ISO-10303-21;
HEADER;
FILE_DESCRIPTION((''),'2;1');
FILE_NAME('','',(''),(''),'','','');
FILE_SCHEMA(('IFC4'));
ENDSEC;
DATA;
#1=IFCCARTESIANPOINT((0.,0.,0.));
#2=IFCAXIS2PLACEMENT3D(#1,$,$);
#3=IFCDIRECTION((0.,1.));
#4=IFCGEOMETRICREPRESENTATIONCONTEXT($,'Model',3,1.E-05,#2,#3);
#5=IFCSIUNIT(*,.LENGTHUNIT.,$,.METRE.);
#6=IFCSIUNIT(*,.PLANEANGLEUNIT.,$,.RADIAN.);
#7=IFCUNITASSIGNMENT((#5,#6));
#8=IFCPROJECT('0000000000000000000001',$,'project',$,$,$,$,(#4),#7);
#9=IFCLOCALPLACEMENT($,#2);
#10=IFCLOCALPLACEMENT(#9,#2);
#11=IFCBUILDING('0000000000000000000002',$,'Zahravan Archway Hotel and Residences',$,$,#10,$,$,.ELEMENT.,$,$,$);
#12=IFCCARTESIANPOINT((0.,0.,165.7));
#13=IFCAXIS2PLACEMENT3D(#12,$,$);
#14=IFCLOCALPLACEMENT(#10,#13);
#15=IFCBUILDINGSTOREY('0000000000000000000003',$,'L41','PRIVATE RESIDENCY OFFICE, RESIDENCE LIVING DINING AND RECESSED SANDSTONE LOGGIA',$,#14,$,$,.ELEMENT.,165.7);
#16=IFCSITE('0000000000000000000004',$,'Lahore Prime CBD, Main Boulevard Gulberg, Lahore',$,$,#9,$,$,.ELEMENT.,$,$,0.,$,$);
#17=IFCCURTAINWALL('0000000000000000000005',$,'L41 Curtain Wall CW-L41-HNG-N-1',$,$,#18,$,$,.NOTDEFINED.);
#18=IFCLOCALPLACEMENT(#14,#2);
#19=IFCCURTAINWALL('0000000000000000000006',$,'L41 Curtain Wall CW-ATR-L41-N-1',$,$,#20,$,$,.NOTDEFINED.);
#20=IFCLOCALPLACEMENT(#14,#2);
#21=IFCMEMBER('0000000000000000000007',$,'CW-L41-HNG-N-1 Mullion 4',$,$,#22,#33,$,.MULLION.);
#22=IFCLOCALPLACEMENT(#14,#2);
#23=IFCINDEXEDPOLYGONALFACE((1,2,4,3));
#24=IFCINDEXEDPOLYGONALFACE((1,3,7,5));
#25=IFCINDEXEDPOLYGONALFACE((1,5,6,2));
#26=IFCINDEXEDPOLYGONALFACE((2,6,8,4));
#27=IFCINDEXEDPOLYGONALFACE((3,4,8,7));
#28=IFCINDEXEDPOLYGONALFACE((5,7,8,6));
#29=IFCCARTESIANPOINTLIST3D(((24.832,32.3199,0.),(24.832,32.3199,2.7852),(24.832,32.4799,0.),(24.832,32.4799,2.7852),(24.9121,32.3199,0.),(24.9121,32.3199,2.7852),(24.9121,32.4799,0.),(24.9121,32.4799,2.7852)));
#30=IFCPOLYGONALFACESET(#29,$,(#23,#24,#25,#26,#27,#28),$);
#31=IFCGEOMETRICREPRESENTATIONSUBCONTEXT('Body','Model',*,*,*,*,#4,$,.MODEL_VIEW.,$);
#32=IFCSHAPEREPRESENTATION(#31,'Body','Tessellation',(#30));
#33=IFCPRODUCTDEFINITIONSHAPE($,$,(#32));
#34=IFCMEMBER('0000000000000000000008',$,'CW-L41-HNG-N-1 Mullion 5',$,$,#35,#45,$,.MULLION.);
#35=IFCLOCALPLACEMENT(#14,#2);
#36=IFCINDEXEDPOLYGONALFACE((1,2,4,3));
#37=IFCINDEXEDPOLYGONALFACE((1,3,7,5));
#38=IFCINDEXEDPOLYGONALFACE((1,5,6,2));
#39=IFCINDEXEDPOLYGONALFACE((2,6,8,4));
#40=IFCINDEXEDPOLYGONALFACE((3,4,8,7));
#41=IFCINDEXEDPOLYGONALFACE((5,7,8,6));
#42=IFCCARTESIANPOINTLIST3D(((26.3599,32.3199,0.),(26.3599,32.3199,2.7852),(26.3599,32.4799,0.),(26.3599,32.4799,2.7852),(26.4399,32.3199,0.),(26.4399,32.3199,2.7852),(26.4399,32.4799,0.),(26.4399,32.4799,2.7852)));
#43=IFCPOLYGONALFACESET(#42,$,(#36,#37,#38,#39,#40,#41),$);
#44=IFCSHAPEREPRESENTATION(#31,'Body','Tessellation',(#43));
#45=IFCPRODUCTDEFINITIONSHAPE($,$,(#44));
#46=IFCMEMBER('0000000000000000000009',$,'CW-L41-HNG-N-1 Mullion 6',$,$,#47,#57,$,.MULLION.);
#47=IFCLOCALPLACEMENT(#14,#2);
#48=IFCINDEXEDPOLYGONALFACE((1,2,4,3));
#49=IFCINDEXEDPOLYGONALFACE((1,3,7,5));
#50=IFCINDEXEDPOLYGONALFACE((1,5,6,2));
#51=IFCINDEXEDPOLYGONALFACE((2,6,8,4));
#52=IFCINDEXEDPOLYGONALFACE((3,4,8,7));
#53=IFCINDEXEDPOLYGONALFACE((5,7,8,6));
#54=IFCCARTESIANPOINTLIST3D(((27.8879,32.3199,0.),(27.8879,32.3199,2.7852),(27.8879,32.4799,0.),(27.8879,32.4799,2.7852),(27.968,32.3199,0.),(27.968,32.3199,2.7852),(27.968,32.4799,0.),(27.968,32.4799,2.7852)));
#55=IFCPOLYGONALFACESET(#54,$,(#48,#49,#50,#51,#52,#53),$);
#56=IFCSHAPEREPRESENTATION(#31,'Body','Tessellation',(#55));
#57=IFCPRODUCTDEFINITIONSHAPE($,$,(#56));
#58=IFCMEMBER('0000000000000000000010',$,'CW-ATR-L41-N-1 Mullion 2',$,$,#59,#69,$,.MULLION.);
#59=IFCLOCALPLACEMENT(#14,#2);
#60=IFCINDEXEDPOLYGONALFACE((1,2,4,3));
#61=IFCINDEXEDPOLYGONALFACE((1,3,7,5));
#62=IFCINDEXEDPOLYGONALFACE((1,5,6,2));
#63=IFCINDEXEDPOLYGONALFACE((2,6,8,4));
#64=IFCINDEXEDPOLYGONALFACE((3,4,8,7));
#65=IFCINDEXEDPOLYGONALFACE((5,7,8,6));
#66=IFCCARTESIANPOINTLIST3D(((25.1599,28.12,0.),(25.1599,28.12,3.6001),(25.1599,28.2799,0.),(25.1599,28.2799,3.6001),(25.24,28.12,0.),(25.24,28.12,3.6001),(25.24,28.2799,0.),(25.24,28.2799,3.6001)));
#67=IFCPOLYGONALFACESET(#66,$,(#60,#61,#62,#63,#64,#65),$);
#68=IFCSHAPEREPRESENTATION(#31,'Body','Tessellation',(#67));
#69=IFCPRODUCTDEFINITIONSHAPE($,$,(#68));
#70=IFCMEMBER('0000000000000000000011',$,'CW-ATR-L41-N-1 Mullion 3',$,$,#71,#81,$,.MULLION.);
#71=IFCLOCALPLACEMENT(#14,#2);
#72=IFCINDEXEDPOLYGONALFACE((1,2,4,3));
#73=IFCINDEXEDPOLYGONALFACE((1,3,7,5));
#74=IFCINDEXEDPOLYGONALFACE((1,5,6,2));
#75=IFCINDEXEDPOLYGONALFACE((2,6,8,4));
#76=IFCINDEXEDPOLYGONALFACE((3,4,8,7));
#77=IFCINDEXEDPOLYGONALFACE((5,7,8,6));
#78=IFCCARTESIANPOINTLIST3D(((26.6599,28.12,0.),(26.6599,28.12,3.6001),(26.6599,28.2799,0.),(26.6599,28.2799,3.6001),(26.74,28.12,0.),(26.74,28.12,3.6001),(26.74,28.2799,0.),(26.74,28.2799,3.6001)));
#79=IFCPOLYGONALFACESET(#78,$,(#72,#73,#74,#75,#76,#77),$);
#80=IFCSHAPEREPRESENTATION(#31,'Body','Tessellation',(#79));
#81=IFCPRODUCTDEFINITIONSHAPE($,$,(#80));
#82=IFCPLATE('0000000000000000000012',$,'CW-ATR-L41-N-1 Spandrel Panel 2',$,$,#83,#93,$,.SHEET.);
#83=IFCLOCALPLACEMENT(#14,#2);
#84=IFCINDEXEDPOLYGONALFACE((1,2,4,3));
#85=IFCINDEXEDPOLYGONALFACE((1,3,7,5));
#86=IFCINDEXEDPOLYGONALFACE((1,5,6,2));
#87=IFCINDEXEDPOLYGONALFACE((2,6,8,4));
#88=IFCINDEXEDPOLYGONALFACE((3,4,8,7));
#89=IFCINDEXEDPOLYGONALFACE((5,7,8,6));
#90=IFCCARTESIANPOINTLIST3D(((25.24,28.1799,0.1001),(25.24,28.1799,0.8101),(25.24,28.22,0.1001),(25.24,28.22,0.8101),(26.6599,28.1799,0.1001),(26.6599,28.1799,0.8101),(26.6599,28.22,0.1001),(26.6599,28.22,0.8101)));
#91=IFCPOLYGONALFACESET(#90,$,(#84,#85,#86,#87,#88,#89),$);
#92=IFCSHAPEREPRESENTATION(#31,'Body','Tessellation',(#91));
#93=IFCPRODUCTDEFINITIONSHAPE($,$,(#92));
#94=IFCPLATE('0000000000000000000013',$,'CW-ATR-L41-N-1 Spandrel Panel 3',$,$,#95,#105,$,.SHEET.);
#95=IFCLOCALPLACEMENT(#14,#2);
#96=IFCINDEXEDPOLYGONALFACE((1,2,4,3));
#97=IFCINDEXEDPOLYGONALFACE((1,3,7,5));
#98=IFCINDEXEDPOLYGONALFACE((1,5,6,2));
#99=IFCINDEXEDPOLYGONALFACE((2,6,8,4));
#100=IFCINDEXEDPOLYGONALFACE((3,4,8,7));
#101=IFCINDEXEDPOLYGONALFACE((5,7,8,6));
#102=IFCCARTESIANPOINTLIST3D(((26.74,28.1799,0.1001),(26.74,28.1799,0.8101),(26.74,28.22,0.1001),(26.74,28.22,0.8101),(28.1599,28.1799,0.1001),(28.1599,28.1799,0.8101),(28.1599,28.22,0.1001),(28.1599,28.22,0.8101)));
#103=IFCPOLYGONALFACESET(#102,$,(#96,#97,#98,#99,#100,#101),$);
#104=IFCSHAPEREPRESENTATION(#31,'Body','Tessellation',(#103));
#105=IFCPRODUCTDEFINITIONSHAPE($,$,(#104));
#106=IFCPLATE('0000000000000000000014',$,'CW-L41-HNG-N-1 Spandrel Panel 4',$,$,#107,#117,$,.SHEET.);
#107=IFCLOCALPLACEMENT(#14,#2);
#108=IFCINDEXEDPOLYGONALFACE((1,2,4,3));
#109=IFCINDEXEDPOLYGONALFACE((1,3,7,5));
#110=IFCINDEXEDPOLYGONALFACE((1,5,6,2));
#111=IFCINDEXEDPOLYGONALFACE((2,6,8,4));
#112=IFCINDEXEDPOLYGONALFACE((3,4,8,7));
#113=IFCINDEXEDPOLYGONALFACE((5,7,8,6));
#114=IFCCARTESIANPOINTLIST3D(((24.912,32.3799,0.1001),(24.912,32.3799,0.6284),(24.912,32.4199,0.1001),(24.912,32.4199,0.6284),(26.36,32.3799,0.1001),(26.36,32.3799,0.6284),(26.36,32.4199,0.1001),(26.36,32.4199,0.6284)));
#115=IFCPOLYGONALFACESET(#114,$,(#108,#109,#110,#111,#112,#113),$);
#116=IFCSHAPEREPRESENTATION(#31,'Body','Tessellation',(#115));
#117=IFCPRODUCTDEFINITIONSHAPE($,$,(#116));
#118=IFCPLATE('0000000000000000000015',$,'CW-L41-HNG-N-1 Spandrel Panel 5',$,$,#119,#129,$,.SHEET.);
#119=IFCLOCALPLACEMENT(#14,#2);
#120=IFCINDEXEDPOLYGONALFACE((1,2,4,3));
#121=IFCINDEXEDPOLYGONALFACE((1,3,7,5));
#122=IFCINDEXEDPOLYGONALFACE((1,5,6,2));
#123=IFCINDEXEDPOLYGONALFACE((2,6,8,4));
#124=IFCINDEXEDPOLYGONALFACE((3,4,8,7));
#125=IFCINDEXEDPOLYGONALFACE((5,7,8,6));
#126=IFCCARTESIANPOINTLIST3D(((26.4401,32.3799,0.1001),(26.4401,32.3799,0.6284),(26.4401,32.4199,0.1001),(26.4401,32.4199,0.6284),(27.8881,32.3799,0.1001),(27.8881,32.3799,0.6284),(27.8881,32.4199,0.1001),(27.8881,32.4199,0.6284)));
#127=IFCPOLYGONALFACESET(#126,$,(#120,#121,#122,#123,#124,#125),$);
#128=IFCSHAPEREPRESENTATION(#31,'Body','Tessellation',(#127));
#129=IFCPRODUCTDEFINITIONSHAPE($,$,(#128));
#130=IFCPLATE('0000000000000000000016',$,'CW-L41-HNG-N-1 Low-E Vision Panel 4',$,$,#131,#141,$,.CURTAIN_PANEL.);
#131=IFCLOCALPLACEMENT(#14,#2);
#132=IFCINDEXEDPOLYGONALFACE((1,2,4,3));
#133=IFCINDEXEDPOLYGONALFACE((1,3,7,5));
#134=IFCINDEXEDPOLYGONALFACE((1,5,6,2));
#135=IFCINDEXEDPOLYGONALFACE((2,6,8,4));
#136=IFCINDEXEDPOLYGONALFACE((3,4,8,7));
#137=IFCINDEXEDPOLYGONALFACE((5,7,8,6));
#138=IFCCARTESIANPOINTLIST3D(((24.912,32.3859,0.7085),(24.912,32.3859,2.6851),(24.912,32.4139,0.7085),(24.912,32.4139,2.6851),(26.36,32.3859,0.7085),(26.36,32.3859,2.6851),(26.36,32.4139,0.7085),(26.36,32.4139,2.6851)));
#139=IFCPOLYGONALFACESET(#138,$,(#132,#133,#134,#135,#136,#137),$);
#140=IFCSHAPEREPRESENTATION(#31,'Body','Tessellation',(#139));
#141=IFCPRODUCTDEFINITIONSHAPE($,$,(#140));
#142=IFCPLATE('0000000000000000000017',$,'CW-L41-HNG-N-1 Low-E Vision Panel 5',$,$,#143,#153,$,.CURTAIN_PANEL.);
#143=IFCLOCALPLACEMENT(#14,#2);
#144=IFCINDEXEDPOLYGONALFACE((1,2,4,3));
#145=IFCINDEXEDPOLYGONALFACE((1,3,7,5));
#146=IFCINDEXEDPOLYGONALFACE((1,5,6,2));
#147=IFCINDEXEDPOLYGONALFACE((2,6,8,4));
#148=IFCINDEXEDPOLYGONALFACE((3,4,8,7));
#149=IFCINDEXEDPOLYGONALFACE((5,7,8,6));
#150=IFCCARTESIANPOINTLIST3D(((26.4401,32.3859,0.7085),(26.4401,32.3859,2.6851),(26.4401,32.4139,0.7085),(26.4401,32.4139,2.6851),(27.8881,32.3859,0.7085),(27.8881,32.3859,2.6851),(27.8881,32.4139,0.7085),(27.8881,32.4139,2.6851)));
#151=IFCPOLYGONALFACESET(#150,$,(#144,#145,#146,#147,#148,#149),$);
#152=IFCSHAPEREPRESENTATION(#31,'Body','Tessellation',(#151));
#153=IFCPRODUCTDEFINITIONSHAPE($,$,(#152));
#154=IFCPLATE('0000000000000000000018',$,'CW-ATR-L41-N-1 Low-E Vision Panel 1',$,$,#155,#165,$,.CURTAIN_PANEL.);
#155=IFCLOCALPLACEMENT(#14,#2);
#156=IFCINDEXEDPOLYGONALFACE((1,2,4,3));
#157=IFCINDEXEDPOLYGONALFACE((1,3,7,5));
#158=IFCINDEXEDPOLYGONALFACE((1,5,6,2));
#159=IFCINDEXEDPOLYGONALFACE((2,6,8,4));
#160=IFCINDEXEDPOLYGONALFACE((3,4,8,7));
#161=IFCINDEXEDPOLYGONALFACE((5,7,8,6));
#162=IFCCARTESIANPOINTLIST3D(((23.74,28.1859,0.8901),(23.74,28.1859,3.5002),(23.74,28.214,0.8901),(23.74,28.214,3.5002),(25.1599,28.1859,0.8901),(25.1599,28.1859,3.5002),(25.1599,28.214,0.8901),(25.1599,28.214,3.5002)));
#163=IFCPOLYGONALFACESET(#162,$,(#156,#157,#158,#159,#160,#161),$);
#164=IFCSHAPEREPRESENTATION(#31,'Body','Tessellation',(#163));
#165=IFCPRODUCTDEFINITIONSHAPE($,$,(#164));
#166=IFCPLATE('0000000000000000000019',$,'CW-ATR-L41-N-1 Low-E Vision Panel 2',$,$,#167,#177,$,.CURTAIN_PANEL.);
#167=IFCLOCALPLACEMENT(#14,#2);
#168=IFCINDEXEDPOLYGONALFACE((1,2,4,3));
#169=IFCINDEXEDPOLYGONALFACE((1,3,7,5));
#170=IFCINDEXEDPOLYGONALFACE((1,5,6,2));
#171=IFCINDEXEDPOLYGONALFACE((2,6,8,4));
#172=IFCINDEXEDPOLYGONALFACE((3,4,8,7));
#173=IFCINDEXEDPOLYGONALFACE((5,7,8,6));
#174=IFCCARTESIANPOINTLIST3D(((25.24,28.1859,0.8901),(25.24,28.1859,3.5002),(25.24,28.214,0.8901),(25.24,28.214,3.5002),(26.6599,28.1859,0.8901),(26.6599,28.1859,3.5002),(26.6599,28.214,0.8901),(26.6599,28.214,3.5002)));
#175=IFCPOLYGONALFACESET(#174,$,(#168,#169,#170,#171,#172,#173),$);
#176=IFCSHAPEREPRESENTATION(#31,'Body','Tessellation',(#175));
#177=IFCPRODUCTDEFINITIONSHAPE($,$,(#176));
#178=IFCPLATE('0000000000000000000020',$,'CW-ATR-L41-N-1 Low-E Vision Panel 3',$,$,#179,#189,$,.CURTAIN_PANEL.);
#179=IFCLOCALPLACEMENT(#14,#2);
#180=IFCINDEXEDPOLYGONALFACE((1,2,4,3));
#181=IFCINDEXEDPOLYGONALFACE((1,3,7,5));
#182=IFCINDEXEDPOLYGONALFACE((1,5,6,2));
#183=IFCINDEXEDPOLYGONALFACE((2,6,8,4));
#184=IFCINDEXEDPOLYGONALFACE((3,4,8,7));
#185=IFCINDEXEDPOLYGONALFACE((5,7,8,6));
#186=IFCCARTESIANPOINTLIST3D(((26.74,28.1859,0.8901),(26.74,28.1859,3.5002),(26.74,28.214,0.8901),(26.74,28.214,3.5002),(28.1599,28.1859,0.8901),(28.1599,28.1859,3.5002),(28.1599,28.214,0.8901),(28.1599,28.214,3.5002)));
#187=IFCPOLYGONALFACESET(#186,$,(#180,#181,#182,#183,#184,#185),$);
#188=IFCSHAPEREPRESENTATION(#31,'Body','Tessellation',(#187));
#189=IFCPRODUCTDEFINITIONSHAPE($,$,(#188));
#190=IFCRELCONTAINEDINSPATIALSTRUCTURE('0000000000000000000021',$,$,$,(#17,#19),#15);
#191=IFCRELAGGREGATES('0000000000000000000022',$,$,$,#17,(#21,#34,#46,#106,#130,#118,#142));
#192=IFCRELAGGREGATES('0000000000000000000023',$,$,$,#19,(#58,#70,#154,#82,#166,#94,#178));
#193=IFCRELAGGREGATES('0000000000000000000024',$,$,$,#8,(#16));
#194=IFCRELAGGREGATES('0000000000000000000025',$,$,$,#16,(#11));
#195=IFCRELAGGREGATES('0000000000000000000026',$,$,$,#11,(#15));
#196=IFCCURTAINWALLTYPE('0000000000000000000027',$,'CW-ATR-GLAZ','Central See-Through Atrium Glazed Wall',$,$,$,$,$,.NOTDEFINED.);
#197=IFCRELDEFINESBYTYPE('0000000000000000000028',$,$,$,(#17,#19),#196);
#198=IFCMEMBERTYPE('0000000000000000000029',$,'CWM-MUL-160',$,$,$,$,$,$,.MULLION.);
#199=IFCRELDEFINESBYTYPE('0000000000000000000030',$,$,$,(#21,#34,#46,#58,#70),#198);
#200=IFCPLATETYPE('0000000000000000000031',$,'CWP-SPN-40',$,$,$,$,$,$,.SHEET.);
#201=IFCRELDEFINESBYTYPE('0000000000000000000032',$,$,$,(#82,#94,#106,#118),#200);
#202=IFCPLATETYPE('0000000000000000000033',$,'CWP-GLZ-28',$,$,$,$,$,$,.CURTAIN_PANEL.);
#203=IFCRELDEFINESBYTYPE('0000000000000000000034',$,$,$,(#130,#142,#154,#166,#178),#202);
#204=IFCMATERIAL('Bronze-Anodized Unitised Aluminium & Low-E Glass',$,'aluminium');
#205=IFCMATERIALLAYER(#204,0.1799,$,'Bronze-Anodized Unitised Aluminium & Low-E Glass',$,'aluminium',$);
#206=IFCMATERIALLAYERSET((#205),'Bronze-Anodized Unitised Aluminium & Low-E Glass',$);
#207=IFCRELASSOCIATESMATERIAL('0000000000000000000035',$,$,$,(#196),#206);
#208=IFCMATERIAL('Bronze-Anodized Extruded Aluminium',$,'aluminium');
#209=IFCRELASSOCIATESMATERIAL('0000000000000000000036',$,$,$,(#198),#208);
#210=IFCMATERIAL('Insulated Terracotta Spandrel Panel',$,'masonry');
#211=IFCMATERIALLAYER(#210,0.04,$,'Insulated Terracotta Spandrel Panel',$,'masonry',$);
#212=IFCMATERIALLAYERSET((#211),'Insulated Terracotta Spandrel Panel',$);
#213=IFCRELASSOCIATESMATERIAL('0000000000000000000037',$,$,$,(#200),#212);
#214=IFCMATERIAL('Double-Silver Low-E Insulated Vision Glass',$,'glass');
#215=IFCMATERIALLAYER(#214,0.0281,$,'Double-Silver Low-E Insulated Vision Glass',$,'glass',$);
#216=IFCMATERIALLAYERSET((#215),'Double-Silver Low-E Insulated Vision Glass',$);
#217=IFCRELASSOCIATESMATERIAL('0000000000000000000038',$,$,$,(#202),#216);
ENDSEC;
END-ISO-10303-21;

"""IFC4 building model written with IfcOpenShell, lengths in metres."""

from ifc_helpers import new_model, si_unit, direction, frame, origin, origin_2d, place, context, subcontext, project, spatial, rectangle, extrude, source, transform, mapped, material, layer, layer_set, material_profile, profile_set, type_object, element, aggregate, save


model = new_model("IFC4")

# Units and contexts
model_context = context("Model", 3, precision=1e-05, world=origin(), true_north=direction((0.0, 1.0)))
body_context = subcontext(model_context, "Body", "Model", "MODEL_VIEW")
ifc_project = project(units=[si_unit("LENGTHUNIT", "METRE"), si_unit("PLANEANGLEUNIT", "RADIAN")], contexts=[model_context])

# Site, building, storey
site_placement = place(None, origin())
site = spatial("IfcSite", under=ifc_project, at=site_placement, Name="Lahore Prime CBD, Main Boulevard Gulberg, Lahore", CompositionType="ELEMENT", RefElevation=0.0)
building_placement = place(site_placement, origin())
building = spatial("IfcBuilding", under=site, at=building_placement, Name="Zahravan Archway Hotel and Residences", CompositionType="ELEMENT")
storey_placement = place(building_placement, frame((0.0, 0.0, 165.7)))
storey = spatial("IfcBuildingStorey", under=building, at=storey_placement, Name="L41", Description="PRIVATE RESIDENCY OFFICE, RESIDENCE LIVING DINING AND RECESSED SANDSTONE LOGGIA", CompositionType="ELEMENT", Elevation=165.7)

# Curtain walls
ifc_material_1 = material(Name="Bronze-Anodized Unitised Aluminium & Low-E Glass", Category="aluminium")
ifc_layer_1 = layer(ifc_material_1, 0.1799, Name="Bronze-Anodized Unitised Aluminium & Low-E Glass", Category="aluminium")
ifc_layer_set_1 = layer_set([ifc_layer_1], Name="Bronze-Anodized Unitised Aluminium & Low-E Glass")
curtain_wall_type = type_object("IfcCurtainWallType", Name="CW-ATR-GLAZ", Description="Central See-Through Atrium Glazed Wall", PredefinedType="NOTDEFINED", material=ifc_layer_set_1)
curtain_wall_1_placement = place(storey_placement, origin())
curtain_wall_1 = element("IfcCurtainWall", 1, at=curtain_wall_1_placement, inside=storey, type_object=curtain_wall_type, Name="L41 Curtain Wall CW-L41-HNG-N-1", PredefinedType="NOTDEFINED")
ifc_material_2 = material(Name="Bronze-Anodized Extruded Aluminium", Category="aluminium")
curtain_wall_2_placement = place(storey_placement, origin())
curtain_wall_2 = element("IfcCurtainWall", 2, at=curtain_wall_2_placement, inside=storey, type_object=curtain_wall_type, Name="L41 Curtain Wall CW-ATR-L41-N-1", PredefinedType="NOTDEFINED")

# Members
ifc_material_profile_1 = material_profile(ifc_material_2, rectangle(XDim=0.0801, YDim=0.1599, at=origin_2d()), Name="MUL 80x160", Category="aluminium")
ifc_profile_set_1 = profile_set([ifc_material_profile_1], Name="Bronze-Anodized Extruded Aluminium")
member_type_1 = type_object("IfcMemberType", Name="CWM-MUL-160", PredefinedType="MULLION", material=ifc_profile_set_1)
shared_shape_1 = source(origin(), body_context, "Body", "SweptSolid", [
    extrude(rectangle(XDim=0.0801, YDim=0.1599, at=origin_2d()), origin(), (0.0, 0.0, 1.0), 2.7852),
])
member_1_placement = place(storey_placement, frame((24.8721, 32.3999, 0.0), z_axis=(0.0, 0.0, 1.0), x_axis=(1.0, 0.0, 0.0)))
member_1 = element("IfcMember", 3, at=member_1_placement, type_object=member_type_1, Name="CW-L41-HNG-N-1 Mullion 4", PredefinedType="MULLION", context=body_context, shape_type="MappedRepresentation", body=[
    mapped(shared_shape_1, transform((0.0, 0.0, 0.0), scale=1.0)),
])
member_2_placement = place(storey_placement, frame((26.3999, 32.3999, 0.0), z_axis=(0.0, 0.0, 1.0), x_axis=(1.0, 0.0, 0.0)))
member_2 = element("IfcMember", 4, at=member_2_placement, type_object=member_type_1, Name="CW-L41-HNG-N-1 Mullion 5", PredefinedType="MULLION", context=body_context, shape_type="MappedRepresentation", body=[
    mapped(shared_shape_1, transform((0.0, 0.0, 0.0), scale=1.0)),
])
member_3_placement = place(storey_placement, frame((27.928, 32.3999, 0.0), z_axis=(0.0, 0.0, 1.0), x_axis=(1.0, 0.0, 0.0)))
member_3 = element("IfcMember", 5, at=member_3_placement, type_object=member_type_1, Name="CW-L41-HNG-N-1 Mullion 6", PredefinedType="MULLION", context=body_context, shape_type="MappedRepresentation", body=[
    mapped(shared_shape_1, transform((0.0, 0.0, 0.0), scale=1.0)),
])
shared_shape_2 = source(origin(), body_context, "Body", "SweptSolid", [
    extrude(rectangle(XDim=0.0801, YDim=0.1599, at=origin_2d()), origin(), (0.0, 0.0, 1.0), 3.6001),
])
member_4_placement = place(storey_placement, frame((25.2, 28.2, 0.0), z_axis=(0.0, 0.0, 1.0), x_axis=(1.0, 0.0, 0.0)))
member_4 = element("IfcMember", 6, at=member_4_placement, type_object=member_type_1, Name="CW-ATR-L41-N-1 Mullion 2", PredefinedType="MULLION", context=body_context, shape_type="MappedRepresentation", body=[
    mapped(shared_shape_2, transform((0.0, 0.0, 0.0), scale=1.0)),
])
member_5_placement = place(storey_placement, frame((26.7, 28.2, 0.0), z_axis=(0.0, 0.0, 1.0), x_axis=(1.0, 0.0, 0.0)))
member_5 = element("IfcMember", 7, at=member_5_placement, type_object=member_type_1, Name="CW-ATR-L41-N-1 Mullion 3", PredefinedType="MULLION", context=body_context, shape_type="MappedRepresentation", body=[
    mapped(shared_shape_2, transform((0.0, 0.0, 0.0), scale=1.0)),
])

# Plates
ifc_material_3 = material(Name="Insulated Terracotta Spandrel Panel", Category="masonry")
ifc_layer_2 = layer(ifc_material_3, 0.04, Name="Insulated Terracotta Spandrel Panel", Category="masonry")
ifc_layer_set_2 = layer_set([ifc_layer_2], Name="Insulated Terracotta Spandrel Panel")
plate_type_1 = type_object("IfcPlateType", Name="CWP-SPN-40", PredefinedType="SHEET", material=ifc_layer_set_2)
shared_shape_3 = source(origin(), body_context, "Body", "SweptSolid", [
    extrude(rectangle(XDim=1.4199, YDim=0.04, at=origin_2d()), origin(), (0.0, 0.0, 1.0), 0.71),
])
plate_1_placement = place(storey_placement, frame((25.95, 28.2, 0.1001), z_axis=(0.0, 0.0, 1.0), x_axis=(1.0, 0.0, 0.0)))
plate_1 = element("IfcPlate", 8, at=plate_1_placement, type_object=plate_type_1, Name="CW-ATR-L41-N-1 Spandrel Panel 2", PredefinedType="SHEET", context=body_context, shape_type="MappedRepresentation", body=[
    mapped(shared_shape_3, transform((0.0, 0.0, 0.0), scale=1.0)),
])
plate_2_placement = place(storey_placement, frame((27.45, 28.2, 0.1001), z_axis=(0.0, 0.0, 1.0), x_axis=(1.0, 0.0, 0.0)))
plate_2 = element("IfcPlate", 9, at=plate_2_placement, type_object=plate_type_1, Name="CW-ATR-L41-N-1 Spandrel Panel 3", PredefinedType="SHEET", context=body_context, shape_type="MappedRepresentation", body=[
    mapped(shared_shape_3, transform((0.0, 0.0, 0.0), scale=1.0)),
])
shared_shape_4 = source(origin(), body_context, "Body", "SweptSolid", [
    extrude(rectangle(XDim=1.448, YDim=0.04, at=origin_2d()), origin(), (0.0, 0.0, 1.0), 0.5283),
])
plate_3_placement = place(storey_placement, frame((25.636, 32.3999, 0.1001), z_axis=(0.0, 0.0, 1.0), x_axis=(1.0, 0.0, 0.0)))
plate_3 = element("IfcPlate", 10, at=plate_3_placement, type_object=plate_type_1, Name="CW-L41-HNG-N-1 Spandrel Panel 4", PredefinedType="SHEET", context=body_context, shape_type="MappedRepresentation", body=[
    mapped(shared_shape_4, transform((0.0, 0.0, 0.0), scale=1.0)),
])
plate_4_placement = place(storey_placement, frame((27.1641, 32.3999, 0.1001), z_axis=(0.0, 0.0, 1.0), x_axis=(1.0, 0.0, 0.0)))
plate_4 = element("IfcPlate", 11, at=plate_4_placement, type_object=plate_type_1, Name="CW-L41-HNG-N-1 Spandrel Panel 5", PredefinedType="SHEET", context=body_context, shape_type="MappedRepresentation", body=[
    mapped(shared_shape_4, transform((0.0, 0.0, 0.0), scale=1.0)),
])
ifc_material_4 = material(Name="Double-Silver Low-E Insulated Vision Glass", Category="glass")
ifc_layer_3 = layer(ifc_material_4, 0.0281, Name="Double-Silver Low-E Insulated Vision Glass", Category="glass")
ifc_layer_set_3 = layer_set([ifc_layer_3], Name="Double-Silver Low-E Insulated Vision Glass")
plate_type_2 = type_object("IfcPlateType", Name="CWP-GLZ-28", PredefinedType="CURTAIN_PANEL", material=ifc_layer_set_3)
shared_shape_5 = source(origin(), body_context, "Body", "SweptSolid", [
    extrude(rectangle(XDim=1.448, YDim=0.0281, at=origin_2d()), origin(), (0.0, 0.0, 1.0), 1.9766),
])
plate_5_placement = place(storey_placement, frame((25.636, 32.3999, 0.7085), z_axis=(0.0, 0.0, 1.0), x_axis=(1.0, 0.0, 0.0)))
plate_5 = element("IfcPlate", 12, at=plate_5_placement, type_object=plate_type_2, Name="CW-L41-HNG-N-1 Low-E Vision Panel 4", PredefinedType="CURTAIN_PANEL", context=body_context, shape_type="MappedRepresentation", body=[
    mapped(shared_shape_5, transform((0.0, 0.0, 0.0), scale=1.0)),
])
plate_6_placement = place(storey_placement, frame((27.1641, 32.3999, 0.7085), z_axis=(0.0, 0.0, 1.0), x_axis=(1.0, 0.0, 0.0)))
plate_6 = element("IfcPlate", 13, at=plate_6_placement, type_object=plate_type_2, Name="CW-L41-HNG-N-1 Low-E Vision Panel 5", PredefinedType="CURTAIN_PANEL", context=body_context, shape_type="MappedRepresentation", body=[
    mapped(shared_shape_5, transform((0.0, 0.0, 0.0), scale=1.0)),
])
aggregate(curtain_wall_1, [member_1, member_2, member_3, plate_3, plate_5, plate_4, plate_6])
shared_shape_6 = source(origin(), body_context, "Body", "SweptSolid", [
    extrude(rectangle(XDim=1.4199, YDim=0.0281, at=origin_2d()), origin(), (0.0, 0.0, 1.0), 2.6101),
])
plate_7_placement = place(storey_placement, frame((24.45, 28.2, 0.8901), z_axis=(0.0, 0.0, 1.0), x_axis=(1.0, 0.0, 0.0)))
plate_7 = element("IfcPlate", 14, at=plate_7_placement, type_object=plate_type_2, Name="CW-ATR-L41-N-1 Low-E Vision Panel 1", PredefinedType="CURTAIN_PANEL", context=body_context, shape_type="MappedRepresentation", body=[
    mapped(shared_shape_6, transform((0.0, 0.0, 0.0), scale=1.0)),
])
plate_8_placement = place(storey_placement, frame((25.95, 28.2, 0.8901), z_axis=(0.0, 0.0, 1.0), x_axis=(1.0, 0.0, 0.0)))
plate_8 = element("IfcPlate", 15, at=plate_8_placement, type_object=plate_type_2, Name="CW-ATR-L41-N-1 Low-E Vision Panel 2", PredefinedType="CURTAIN_PANEL", context=body_context, shape_type="MappedRepresentation", body=[
    mapped(shared_shape_6, transform((0.0, 0.0, 0.0), scale=1.0)),
])
plate_9_placement = place(storey_placement, frame((27.45, 28.2, 0.8901), z_axis=(0.0, 0.0, 1.0), x_axis=(1.0, 0.0, 0.0)))
plate_9 = element("IfcPlate", 16, at=plate_9_placement, type_object=plate_type_2, Name="CW-ATR-L41-N-1 Low-E Vision Panel 3", PredefinedType="CURTAIN_PANEL", context=body_context, shape_type="MappedRepresentation", body=[
    mapped(shared_shape_6, transform((0.0, 0.0, 0.0), scale=1.0)),
])
aggregate(curtain_wall_2, [member_4, member_5, plate_7, plate_1, plate_8, plate_2, plate_9])

save(model, "model.ifc")
